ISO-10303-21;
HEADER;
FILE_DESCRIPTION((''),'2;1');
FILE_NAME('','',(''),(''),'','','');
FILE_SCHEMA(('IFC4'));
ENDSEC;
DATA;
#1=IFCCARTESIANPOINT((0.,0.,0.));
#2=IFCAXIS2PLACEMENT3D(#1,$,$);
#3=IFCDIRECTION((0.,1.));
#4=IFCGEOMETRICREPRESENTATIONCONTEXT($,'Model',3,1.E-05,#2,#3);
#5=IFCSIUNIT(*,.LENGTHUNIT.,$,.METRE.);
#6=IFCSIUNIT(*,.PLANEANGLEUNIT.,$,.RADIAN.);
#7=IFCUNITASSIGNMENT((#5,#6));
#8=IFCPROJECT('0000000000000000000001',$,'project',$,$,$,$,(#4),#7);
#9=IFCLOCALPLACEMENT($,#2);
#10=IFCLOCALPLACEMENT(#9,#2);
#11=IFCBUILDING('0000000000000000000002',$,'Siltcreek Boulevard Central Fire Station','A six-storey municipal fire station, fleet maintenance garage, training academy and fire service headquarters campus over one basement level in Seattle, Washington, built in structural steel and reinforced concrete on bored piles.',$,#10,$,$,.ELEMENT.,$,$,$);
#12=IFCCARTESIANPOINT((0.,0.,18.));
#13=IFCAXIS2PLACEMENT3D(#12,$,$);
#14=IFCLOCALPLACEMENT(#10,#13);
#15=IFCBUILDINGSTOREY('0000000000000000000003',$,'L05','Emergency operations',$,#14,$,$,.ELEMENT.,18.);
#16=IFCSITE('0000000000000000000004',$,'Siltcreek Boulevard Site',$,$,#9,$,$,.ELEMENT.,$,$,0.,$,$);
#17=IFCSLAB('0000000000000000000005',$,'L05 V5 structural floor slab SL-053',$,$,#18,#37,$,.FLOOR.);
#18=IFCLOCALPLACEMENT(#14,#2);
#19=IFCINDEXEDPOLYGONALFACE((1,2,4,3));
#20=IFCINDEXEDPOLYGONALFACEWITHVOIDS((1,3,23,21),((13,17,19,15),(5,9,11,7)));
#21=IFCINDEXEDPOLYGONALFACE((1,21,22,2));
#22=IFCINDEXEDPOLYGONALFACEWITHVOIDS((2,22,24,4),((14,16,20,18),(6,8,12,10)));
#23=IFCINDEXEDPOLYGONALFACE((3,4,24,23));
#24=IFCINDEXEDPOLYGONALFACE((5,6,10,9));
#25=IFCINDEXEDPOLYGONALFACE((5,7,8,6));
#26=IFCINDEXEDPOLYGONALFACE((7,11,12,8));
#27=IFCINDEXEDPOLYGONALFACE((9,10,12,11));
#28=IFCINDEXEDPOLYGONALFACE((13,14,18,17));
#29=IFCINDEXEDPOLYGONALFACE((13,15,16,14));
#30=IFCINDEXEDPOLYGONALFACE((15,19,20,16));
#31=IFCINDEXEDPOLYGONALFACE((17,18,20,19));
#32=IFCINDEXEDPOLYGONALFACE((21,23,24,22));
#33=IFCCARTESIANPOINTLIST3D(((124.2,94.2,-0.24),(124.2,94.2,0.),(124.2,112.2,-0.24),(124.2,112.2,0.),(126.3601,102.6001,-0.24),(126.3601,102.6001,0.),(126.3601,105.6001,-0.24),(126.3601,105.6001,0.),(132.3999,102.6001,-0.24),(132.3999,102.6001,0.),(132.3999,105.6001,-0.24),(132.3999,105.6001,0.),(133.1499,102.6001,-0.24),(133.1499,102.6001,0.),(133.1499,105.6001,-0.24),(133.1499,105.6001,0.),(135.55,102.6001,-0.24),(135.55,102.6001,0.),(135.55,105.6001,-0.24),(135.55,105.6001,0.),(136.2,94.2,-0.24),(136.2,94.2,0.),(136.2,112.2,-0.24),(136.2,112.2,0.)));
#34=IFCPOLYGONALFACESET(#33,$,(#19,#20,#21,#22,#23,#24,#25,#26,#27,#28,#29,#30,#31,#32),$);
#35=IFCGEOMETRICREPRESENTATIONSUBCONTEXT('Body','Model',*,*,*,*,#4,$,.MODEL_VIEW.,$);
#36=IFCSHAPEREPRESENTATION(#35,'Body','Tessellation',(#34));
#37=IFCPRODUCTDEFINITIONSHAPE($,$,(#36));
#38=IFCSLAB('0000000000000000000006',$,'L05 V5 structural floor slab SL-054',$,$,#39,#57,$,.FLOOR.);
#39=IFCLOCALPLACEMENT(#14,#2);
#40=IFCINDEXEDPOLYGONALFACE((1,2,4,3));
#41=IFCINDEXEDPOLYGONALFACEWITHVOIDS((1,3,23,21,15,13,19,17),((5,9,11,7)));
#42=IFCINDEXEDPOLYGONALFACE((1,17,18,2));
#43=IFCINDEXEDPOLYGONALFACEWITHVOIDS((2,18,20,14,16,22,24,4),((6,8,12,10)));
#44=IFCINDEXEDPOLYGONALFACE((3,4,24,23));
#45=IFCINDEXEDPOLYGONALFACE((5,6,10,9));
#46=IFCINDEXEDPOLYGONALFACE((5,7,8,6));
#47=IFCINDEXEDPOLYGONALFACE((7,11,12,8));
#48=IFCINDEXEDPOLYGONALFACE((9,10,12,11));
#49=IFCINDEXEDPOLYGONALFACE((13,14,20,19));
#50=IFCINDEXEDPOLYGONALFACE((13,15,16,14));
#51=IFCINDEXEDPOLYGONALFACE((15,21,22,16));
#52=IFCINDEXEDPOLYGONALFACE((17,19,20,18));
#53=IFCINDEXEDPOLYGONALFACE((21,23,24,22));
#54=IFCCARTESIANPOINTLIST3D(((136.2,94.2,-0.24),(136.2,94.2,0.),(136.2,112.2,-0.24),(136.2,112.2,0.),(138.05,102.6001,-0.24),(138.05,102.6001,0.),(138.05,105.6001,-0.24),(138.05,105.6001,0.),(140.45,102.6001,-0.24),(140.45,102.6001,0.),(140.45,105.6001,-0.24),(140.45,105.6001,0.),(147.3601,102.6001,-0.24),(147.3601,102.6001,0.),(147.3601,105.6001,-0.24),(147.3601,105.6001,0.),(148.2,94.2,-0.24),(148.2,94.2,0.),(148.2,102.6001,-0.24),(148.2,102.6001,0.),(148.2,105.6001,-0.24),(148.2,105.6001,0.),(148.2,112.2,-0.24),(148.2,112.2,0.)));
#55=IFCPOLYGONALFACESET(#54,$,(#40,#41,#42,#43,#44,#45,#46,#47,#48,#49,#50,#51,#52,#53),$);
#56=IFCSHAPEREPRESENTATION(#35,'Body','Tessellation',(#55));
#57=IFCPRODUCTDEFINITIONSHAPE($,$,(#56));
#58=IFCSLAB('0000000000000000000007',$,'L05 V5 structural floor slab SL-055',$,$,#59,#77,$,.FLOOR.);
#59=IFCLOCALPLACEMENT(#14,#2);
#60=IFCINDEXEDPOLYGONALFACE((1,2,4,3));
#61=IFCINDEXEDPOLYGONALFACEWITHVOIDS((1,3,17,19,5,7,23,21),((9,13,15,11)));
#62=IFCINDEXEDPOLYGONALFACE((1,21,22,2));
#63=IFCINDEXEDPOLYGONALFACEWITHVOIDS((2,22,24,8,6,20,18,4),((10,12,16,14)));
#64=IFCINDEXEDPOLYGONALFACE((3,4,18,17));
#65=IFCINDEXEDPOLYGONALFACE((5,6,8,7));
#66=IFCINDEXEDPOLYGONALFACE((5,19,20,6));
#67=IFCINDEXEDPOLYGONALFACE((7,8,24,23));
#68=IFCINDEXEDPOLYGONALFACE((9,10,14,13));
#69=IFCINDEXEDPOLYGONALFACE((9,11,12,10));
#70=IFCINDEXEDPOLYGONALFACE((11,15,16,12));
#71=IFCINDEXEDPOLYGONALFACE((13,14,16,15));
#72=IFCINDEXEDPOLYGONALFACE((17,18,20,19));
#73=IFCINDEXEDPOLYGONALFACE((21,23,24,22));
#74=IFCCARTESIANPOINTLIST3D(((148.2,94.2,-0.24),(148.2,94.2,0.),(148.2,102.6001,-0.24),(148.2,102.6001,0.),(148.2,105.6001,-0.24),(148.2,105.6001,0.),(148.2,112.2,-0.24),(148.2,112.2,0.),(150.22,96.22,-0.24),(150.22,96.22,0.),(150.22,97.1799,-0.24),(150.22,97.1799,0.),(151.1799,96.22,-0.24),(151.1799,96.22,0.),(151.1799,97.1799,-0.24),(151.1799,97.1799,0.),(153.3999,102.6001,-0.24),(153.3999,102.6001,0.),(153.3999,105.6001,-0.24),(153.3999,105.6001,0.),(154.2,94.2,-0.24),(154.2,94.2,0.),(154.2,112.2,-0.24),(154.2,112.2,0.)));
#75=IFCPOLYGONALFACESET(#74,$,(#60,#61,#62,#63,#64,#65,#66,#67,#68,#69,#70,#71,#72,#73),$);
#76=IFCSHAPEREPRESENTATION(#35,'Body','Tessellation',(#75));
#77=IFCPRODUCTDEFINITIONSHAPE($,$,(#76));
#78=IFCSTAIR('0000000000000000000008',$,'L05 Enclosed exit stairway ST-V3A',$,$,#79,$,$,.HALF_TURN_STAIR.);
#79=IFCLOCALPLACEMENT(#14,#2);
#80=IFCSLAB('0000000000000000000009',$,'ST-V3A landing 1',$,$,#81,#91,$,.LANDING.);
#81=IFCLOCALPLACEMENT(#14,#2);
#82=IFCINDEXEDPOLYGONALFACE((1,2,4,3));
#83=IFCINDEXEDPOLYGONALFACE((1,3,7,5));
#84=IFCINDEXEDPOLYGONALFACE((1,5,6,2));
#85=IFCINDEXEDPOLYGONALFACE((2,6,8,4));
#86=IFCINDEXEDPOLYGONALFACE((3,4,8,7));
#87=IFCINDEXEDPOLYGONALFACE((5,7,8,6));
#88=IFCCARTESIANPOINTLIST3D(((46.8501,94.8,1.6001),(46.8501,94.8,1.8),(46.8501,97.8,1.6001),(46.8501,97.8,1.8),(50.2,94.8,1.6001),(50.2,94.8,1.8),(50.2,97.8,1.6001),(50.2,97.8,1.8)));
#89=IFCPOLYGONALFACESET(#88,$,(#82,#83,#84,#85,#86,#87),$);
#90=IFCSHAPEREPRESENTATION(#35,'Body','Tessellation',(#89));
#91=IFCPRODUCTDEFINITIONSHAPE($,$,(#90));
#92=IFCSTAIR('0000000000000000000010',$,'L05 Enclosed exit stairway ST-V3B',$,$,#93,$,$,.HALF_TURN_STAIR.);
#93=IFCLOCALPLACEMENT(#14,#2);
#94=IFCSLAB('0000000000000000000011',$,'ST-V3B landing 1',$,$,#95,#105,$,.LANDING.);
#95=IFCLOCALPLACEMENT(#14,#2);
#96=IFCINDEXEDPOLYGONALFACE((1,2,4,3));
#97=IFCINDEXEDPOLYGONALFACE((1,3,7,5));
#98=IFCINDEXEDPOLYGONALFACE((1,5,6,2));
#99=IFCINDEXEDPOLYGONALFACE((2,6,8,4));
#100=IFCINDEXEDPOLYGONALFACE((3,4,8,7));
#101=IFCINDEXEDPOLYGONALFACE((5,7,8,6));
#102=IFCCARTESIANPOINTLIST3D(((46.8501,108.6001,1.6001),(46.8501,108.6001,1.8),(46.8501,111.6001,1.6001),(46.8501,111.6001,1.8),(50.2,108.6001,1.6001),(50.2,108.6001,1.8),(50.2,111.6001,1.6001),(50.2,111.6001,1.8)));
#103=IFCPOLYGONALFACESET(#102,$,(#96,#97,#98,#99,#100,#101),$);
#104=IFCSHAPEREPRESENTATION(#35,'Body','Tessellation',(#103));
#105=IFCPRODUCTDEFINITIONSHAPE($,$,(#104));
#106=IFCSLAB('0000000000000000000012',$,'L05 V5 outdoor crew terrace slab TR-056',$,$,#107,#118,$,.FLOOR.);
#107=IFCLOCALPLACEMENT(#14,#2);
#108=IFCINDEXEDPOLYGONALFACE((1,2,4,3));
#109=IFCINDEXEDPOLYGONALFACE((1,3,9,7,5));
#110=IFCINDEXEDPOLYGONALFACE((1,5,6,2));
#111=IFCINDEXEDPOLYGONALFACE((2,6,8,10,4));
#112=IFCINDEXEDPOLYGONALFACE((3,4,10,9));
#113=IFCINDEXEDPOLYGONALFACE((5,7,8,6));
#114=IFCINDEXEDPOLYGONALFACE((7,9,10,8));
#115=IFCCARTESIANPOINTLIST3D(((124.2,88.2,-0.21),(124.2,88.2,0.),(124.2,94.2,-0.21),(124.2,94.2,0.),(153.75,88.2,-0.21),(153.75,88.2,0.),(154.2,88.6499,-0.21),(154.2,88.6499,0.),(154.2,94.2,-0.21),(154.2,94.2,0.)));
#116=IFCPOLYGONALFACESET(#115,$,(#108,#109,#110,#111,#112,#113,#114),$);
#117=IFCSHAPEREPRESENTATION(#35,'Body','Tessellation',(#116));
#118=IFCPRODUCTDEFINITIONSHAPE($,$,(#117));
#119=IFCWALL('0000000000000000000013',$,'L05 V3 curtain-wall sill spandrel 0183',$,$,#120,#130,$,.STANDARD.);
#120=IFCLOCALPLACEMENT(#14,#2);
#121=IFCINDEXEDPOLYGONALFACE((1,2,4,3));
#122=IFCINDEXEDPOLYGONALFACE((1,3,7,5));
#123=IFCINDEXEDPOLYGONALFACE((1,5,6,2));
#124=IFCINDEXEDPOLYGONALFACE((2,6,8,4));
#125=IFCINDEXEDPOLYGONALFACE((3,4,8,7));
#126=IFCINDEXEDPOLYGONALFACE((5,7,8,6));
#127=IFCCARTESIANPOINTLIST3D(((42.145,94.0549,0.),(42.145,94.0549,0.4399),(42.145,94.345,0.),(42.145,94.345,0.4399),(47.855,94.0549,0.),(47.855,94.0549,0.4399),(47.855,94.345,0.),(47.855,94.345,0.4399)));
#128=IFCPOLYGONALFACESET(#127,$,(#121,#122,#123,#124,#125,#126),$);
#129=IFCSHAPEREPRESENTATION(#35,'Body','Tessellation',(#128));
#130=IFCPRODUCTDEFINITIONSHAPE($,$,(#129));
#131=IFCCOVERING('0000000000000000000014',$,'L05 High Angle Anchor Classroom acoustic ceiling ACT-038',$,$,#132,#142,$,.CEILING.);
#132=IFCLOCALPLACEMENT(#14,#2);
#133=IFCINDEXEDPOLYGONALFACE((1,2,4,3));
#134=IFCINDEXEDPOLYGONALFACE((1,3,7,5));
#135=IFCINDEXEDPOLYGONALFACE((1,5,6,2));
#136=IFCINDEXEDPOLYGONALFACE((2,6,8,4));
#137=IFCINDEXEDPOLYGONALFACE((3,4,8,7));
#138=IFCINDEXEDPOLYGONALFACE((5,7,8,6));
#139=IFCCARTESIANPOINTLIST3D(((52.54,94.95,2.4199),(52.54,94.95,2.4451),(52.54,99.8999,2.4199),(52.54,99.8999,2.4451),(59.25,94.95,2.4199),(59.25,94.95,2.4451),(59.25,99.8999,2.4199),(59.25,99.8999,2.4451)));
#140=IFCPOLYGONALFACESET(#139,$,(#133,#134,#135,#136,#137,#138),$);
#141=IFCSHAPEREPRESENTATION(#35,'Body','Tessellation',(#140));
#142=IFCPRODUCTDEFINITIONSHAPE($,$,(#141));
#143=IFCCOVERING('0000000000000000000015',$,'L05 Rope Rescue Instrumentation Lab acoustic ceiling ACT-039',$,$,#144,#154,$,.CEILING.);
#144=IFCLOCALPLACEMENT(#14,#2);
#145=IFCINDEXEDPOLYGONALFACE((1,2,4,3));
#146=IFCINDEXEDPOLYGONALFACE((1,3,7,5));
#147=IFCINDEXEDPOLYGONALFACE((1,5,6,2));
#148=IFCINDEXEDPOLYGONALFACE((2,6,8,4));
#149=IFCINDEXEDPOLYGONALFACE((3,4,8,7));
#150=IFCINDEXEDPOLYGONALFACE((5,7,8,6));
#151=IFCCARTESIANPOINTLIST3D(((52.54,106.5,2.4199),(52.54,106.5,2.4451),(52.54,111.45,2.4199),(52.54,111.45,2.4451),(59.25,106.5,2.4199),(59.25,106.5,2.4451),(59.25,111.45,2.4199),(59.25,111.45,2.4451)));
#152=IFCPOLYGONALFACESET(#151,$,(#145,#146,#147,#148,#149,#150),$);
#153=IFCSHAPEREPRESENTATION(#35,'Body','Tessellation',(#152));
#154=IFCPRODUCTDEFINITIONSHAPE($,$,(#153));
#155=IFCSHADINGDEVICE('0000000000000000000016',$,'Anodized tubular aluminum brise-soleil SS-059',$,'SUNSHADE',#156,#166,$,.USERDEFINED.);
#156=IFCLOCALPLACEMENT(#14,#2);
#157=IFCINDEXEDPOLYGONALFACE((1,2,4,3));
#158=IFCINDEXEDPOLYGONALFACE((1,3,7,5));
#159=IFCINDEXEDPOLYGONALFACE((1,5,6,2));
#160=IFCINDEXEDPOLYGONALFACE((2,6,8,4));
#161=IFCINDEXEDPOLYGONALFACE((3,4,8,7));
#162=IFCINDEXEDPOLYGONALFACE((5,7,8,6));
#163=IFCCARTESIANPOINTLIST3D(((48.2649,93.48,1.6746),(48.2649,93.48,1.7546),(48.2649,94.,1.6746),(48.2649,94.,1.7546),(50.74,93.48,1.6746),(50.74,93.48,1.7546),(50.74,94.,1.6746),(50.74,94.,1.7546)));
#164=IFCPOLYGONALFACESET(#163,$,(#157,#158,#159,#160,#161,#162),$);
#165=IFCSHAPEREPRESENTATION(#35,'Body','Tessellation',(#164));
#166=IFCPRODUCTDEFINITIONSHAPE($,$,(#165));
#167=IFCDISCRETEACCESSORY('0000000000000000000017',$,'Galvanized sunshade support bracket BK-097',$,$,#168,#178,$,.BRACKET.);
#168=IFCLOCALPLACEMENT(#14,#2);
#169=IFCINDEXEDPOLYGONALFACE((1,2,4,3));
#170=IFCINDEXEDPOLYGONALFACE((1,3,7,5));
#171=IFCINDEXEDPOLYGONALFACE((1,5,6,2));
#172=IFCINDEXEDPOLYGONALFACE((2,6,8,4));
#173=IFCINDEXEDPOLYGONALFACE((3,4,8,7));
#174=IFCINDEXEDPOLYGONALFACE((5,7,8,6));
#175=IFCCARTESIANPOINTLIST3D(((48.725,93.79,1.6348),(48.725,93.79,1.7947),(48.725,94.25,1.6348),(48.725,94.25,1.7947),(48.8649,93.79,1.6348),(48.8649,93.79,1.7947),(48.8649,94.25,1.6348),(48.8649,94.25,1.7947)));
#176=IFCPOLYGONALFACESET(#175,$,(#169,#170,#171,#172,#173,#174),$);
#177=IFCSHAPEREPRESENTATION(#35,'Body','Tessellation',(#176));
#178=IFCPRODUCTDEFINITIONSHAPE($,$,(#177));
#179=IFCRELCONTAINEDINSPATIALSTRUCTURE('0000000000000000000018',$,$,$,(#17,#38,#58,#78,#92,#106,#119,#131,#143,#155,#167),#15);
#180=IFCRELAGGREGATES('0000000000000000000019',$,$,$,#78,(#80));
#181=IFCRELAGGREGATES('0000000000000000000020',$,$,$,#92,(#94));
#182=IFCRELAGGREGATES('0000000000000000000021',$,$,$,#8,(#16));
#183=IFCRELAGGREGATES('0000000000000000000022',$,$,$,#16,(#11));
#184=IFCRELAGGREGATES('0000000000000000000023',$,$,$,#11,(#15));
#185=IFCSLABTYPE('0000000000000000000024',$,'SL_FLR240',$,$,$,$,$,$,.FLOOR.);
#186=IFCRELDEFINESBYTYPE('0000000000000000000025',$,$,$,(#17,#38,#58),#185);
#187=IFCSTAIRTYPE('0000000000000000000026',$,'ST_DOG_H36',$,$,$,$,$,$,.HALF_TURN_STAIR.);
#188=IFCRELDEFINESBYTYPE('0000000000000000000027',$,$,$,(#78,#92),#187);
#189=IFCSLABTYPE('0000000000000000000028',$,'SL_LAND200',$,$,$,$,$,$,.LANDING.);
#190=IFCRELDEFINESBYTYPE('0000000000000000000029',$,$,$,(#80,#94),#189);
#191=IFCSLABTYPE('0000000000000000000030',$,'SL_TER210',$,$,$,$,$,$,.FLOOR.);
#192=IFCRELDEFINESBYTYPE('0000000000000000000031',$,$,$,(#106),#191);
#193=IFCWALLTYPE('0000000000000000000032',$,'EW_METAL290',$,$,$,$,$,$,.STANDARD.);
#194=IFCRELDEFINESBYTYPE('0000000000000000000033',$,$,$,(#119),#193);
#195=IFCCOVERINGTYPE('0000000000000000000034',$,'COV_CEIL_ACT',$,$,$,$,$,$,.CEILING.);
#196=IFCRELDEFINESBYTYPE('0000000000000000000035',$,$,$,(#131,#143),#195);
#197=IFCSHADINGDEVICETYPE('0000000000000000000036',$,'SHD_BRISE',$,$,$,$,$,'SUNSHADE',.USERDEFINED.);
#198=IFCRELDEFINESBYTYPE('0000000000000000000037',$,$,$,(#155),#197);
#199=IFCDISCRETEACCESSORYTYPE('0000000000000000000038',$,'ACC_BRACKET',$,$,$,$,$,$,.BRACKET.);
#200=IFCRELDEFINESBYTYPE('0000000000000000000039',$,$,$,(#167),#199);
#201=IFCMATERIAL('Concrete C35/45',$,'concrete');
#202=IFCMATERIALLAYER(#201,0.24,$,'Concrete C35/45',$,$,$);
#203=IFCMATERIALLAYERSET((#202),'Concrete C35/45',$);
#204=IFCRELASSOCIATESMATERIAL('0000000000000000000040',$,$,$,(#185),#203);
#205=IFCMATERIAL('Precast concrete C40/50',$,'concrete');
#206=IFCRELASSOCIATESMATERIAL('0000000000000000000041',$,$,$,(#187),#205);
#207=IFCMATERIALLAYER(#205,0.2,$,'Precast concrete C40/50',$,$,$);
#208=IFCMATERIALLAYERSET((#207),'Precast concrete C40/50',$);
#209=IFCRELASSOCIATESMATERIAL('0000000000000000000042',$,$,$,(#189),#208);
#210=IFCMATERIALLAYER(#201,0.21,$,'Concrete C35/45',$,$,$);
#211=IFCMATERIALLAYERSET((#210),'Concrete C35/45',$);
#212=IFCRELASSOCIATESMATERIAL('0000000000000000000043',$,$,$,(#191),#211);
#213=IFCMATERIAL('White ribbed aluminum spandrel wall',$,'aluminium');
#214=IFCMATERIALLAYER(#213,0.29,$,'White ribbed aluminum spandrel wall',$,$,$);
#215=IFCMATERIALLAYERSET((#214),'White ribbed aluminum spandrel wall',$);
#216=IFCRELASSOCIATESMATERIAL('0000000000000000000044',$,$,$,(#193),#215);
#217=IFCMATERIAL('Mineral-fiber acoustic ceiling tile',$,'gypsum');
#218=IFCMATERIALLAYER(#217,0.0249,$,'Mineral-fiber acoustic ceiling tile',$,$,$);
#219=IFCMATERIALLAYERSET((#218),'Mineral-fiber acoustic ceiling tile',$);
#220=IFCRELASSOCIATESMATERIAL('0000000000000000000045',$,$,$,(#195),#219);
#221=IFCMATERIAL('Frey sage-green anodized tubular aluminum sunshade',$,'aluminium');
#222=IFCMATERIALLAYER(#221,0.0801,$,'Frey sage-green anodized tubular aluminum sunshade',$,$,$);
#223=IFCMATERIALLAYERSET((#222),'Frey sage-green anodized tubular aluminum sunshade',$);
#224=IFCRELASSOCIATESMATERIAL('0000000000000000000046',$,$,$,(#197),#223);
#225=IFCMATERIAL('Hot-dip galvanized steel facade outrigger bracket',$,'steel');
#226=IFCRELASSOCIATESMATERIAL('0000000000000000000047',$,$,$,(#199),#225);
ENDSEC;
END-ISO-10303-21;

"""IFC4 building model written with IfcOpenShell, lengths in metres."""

from ifc_helpers import new_model, si_unit, direction, frame, frame_2d, origin, origin_2d, place, context, subcontext, project, spatial, polyline, rectangle, outline, extrude, material, layer, layer_set, type_object, element, aggregate, save


model = new_model("IFC4")

# Units and contexts
model_context = context("Model", 3, precision=1e-05, world=origin(), true_north=direction((0.0, 1.0)))
body_context = subcontext(model_context, "Body", "Model", "MODEL_VIEW")
ifc_project = project(units=[si_unit("LENGTHUNIT", "METRE"), si_unit("PLANEANGLEUNIT", "RADIAN")], contexts=[model_context])

# Site, building, storey
site_placement = place(None, origin())
site = spatial("IfcSite", under=ifc_project, at=site_placement, Name="Siltcreek Boulevard Site", CompositionType="ELEMENT", RefElevation=0.0)
building_placement = place(site_placement, origin())
building = spatial("IfcBuilding", under=site, at=building_placement, Name="Siltcreek Boulevard Central Fire Station", Description="A six-storey municipal fire station, fleet maintenance garage, training academy and fire service headquarters campus over one basement level in Seattle, Washington, built in structural steel and reinforced concrete on bored piles.", CompositionType="ELEMENT")
storey_placement = place(building_placement, frame((0.0, 0.0, 18.0)))
storey = spatial("IfcBuildingStorey", under=building, at=storey_placement, Name="L05", Description="Emergency operations", CompositionType="ELEMENT", Elevation=18.0)

# Slabs
ifc_material_1 = material(Name="Concrete C35/45", Category="concrete")
ifc_layer_1 = layer(ifc_material_1, 0.24, Name="Concrete C35/45")
ifc_layer_set_1 = layer_set([ifc_layer_1], Name="Concrete C35/45")
slab_type_1 = type_object("IfcSlabType", Name="SL_FLR240", PredefinedType="FLOOR", material=ifc_layer_set_1)
slab_1_placement = place(storey_placement, frame((0.0, 0.0, -0.24)))
element("IfcSlab", 1, at=slab_1_placement, inside=storey, type_object=slab_type_1, Name="L05 V5 structural floor slab SL-053", PredefinedType="FLOOR", context=body_context, shape_type="SweptSolid", body=[
    extrude(outline(polyline([(124.2, 112.2), (136.2, 112.2), (136.2, 94.2), (124.2, 94.2), (124.2, 112.2)]), holes=[polyline([(132.3999, 105.6001), (126.3601, 105.6001), (126.3601, 102.6001), (132.3999, 102.6001), (132.3999, 105.6001)]), polyline([(135.55, 105.6001), (133.1499, 105.6001), (133.1499, 102.6001), (135.55, 102.6001), (135.55, 105.6001)])]), origin(), (0.0, 0.0, 1.0), 0.24),
])
slab_2_placement = place(storey_placement, frame((0.0, 0.0, -0.24)))
element("IfcSlab", 2, at=slab_2_placement, inside=storey, type_object=slab_type_1, Name="L05 V5 structural floor slab SL-054", PredefinedType="FLOOR", context=body_context, shape_type="SweptSolid", body=[
    extrude(outline(polyline([(148.2, 94.2), (136.2, 94.2), (136.2, 112.2), (148.2, 112.2), (148.2, 105.6001), (147.3601, 105.6001), (147.3601, 102.6001), (148.2, 102.6001), (148.2, 94.2)]), holes=[polyline([(140.45, 105.6001), (138.05, 105.6001), (138.05, 102.6001), (140.45, 102.6001), (140.45, 105.6001)])]), origin(), (0.0, 0.0, 1.0), 0.24),
])
slab_3_placement = place(storey_placement, frame((0.0, 0.0, -0.24)))
element("IfcSlab", 3, at=slab_3_placement, inside=storey, type_object=slab_type_1, Name="L05 V5 structural floor slab SL-055", PredefinedType="FLOOR", context=body_context, shape_type="SweptSolid", body=[
    extrude(outline(polyline([(154.2, 112.2), (154.2, 94.2), (148.2, 94.2), (148.2, 102.6001), (153.3999, 102.6001), (153.3999, 105.6001), (148.2, 105.6001), (148.2, 112.2), (154.2, 112.2)]), holes=[polyline([(151.1799, 97.1799), (150.22, 97.1799), (150.22, 96.22), (151.1799, 96.22), (151.1799, 97.1799)])]), origin(), (0.0, 0.0, 1.0), 0.24),
])

# Stairs, slabs
ifc_material_2 = material(Name="Precast concrete C40/50", Category="concrete")
stair_type = type_object("IfcStairType", Name="ST_DOG_H36", PredefinedType="HALF_TURN_STAIR", material=ifc_material_2)
stair_1_placement = place(storey_placement, origin())
stair_1 = element("IfcStair", 4, at=stair_1_placement, inside=storey, type_object=stair_type, Name="L05 Enclosed exit stairway ST-V3A", PredefinedType="HALF_TURN_STAIR")
ifc_layer_2 = layer(ifc_material_2, 0.2, Name="Precast concrete C40/50")
ifc_layer_set_2 = layer_set([ifc_layer_2], Name="Precast concrete C40/50")
slab_type_2 = type_object("IfcSlabType", Name="SL_LAND200", PredefinedType="LANDING", material=ifc_layer_set_2)
slab_4_placement = place(storey_placement, frame((0.0, 0.0, 1.6001)))
slab_4 = element("IfcSlab", 5, at=slab_4_placement, type_object=slab_type_2, Name="ST-V3A landing 1", PredefinedType="LANDING", context=body_context, shape_type="SweptSolid", body=[
    extrude(outline(polyline([(46.8501, 94.8), (50.2, 94.8), (50.2, 97.8), (46.8501, 97.8), (46.8501, 94.8)])), origin(), (0.0, 0.0, 1.0), 0.2),
])
aggregate(stair_1, [slab_4])
stair_2_placement = place(storey_placement, origin())
stair_2 = element("IfcStair", 6, at=stair_2_placement, inside=storey, type_object=stair_type, Name="L05 Enclosed exit stairway ST-V3B", PredefinedType="HALF_TURN_STAIR")
slab_5_placement = place(storey_placement, frame((0.0, 0.0, 1.6001)))
slab_5 = element("IfcSlab", 7, at=slab_5_placement, type_object=slab_type_2, Name="ST-V3B landing 1", PredefinedType="LANDING", context=body_context, shape_type="SweptSolid", body=[
    extrude(outline(polyline([(46.8501, 108.6001), (50.2, 108.6001), (50.2, 111.6001), (46.8501, 111.6001), (46.8501, 108.6001)])), origin(), (0.0, 0.0, 1.0), 0.2),
])
aggregate(stair_2, [slab_5])

# Slab
ifc_layer_3 = layer(ifc_material_1, 0.21, Name="Concrete C35/45")
ifc_layer_set_3 = layer_set([ifc_layer_3], Name="Concrete C35/45")
slab_type_3 = type_object("IfcSlabType", Name="SL_TER210", PredefinedType="FLOOR", material=ifc_layer_set_3)
slab_6_placement = place(storey_placement, frame((0.0, 0.0, -0.21)))
element("IfcSlab", 8, at=slab_6_placement, inside=storey, type_object=slab_type_3, Name="L05 V5 outdoor crew terrace slab TR-056", PredefinedType="FLOOR", context=body_context, shape_type="SweptSolid", body=[
    extrude(outline(polyline([(124.2, 88.2), (153.75, 88.2), (154.2, 88.6499), (154.2, 94.2), (124.2, 94.2), (124.2, 88.2)])), origin(), (0.0, 0.0, 1.0), 0.21),
])

# Wall
ifc_material_3 = material(Name="White ribbed aluminum spandrel wall", Category="aluminium")
ifc_layer_4 = layer(ifc_material_3, 0.29, Name="White ribbed aluminum spandrel wall")
ifc_layer_set_4 = layer_set([ifc_layer_4], Name="White ribbed aluminum spandrel wall")
wall_type = type_object("IfcWallType", Name="EW_METAL290", PredefinedType="STANDARD", material=ifc_layer_set_4)
wall_placement = place(storey_placement, frame((42.145, 94.2, 0.0), z_axis=(0.0, 0.0, 1.0), x_axis=(1.0, 0.0, 0.0)))
element("IfcWall", 9, at=wall_placement, inside=storey, type_object=wall_type, Name="L05 V3 curtain-wall sill spandrel 0183", PredefinedType="STANDARD", context=body_context, shape_type="SweptSolid", body=[
    extrude(rectangle(XDim=5.71, YDim=0.29, at=frame_2d((2.855, 0.0))), origin(), (0.0, 0.0, 1.0), 0.4399),
])

# Coverings
ifc_material_4 = material(Name="Mineral-fiber acoustic ceiling tile", Category="gypsum")
ifc_layer_5 = layer(ifc_material_4, 0.0249, Name="Mineral-fiber acoustic ceiling tile")
ifc_layer_set_5 = layer_set([ifc_layer_5], Name="Mineral-fiber acoustic ceiling tile")
covering_type = type_object("IfcCoveringType", Name="COV_CEIL_ACT", PredefinedType="CEILING", material=ifc_layer_set_5)
covering_1_placement = place(storey_placement, frame((0.0, 0.0, 2.4199)))
element("IfcCovering", 10, at=covering_1_placement, inside=storey, type_object=covering_type, Name="L05 High Angle Anchor Classroom acoustic ceiling ACT-038", PredefinedType="CEILING", context=body_context, shape_type="SweptSolid", body=[
    extrude(outline(polyline([(52.54, 94.95), (59.25, 94.95), (59.25, 99.8999), (52.54, 99.8999), (52.54, 94.95)])), origin(), (0.0, 0.0, 1.0), 0.0251),
])
covering_2_placement = place(storey_placement, frame((0.0, 0.0, 2.4199)))
element("IfcCovering", 11, at=covering_2_placement, inside=storey, type_object=covering_type, Name="L05 Rope Rescue Instrumentation Lab acoustic ceiling ACT-039", PredefinedType="CEILING", context=body_context, shape_type="SweptSolid", body=[
    extrude(outline(polyline([(52.54, 106.5), (59.25, 106.5), (59.25, 111.45), (52.54, 111.45), (52.54, 106.5)])), origin(), (0.0, 0.0, 1.0), 0.0251),
])

# Shading device
ifc_material_5 = material(Name="Frey sage-green anodized tubular aluminum sunshade", Category="aluminium")
ifc_layer_6 = layer(ifc_material_5, 0.0801, Name="Frey sage-green anodized tubular aluminum sunshade")
ifc_layer_set_6 = layer_set([ifc_layer_6], Name="Frey sage-green anodized tubular aluminum sunshade")
shading_device_type = type_object("IfcShadingDeviceType", Name="SHD_BRISE", ElementType="SUNSHADE", PredefinedType="USERDEFINED", material=ifc_layer_set_6)
shading_device_placement = place(storey_placement, frame((49.5024, 93.74, 1.6746), z_axis=(0.0, 0.0, 1.0), x_axis=(1.0, 0.0, 0.0)))
element("IfcShadingDevice", 12, at=shading_device_placement, inside=storey, type_object=shading_device_type, Name="Anodized tubular aluminum brise-soleil SS-059", ObjectType="SUNSHADE", PredefinedType="USERDEFINED", context=body_context, shape_type="SweptSolid", body=[
    extrude(rectangle(XDim=2.4751, YDim=0.52, at=origin_2d()), origin(), (0.0, 0.0, 1.0), 0.0801),
])

# Discrete accessory
ifc_material_6 = material(Name="Hot-dip galvanized steel facade outrigger bracket", Category="steel")
discrete_accessory_type = type_object("IfcDiscreteAccessoryType", Name="ACC_BRACKET", PredefinedType="BRACKET", material=ifc_material_6)
discrete_accessory_placement = place(storey_placement, frame((48.7949, 94.02, 1.6348), z_axis=(0.0, 0.0, 1.0), x_axis=(1.0, 0.0, 0.0)))
element("IfcDiscreteAccessory", 13, at=discrete_accessory_placement, inside=storey, type_object=discrete_accessory_type, Name="Galvanized sunshade support bracket BK-097", PredefinedType="BRACKET", context=body_context, shape_type="SweptSolid", body=[
    extrude(rectangle(XDim=0.1399, YDim=0.46, at=origin_2d()), origin(), (0.0, 0.0, 1.0), 0.1599),
])

save(model, "model.ifc")
